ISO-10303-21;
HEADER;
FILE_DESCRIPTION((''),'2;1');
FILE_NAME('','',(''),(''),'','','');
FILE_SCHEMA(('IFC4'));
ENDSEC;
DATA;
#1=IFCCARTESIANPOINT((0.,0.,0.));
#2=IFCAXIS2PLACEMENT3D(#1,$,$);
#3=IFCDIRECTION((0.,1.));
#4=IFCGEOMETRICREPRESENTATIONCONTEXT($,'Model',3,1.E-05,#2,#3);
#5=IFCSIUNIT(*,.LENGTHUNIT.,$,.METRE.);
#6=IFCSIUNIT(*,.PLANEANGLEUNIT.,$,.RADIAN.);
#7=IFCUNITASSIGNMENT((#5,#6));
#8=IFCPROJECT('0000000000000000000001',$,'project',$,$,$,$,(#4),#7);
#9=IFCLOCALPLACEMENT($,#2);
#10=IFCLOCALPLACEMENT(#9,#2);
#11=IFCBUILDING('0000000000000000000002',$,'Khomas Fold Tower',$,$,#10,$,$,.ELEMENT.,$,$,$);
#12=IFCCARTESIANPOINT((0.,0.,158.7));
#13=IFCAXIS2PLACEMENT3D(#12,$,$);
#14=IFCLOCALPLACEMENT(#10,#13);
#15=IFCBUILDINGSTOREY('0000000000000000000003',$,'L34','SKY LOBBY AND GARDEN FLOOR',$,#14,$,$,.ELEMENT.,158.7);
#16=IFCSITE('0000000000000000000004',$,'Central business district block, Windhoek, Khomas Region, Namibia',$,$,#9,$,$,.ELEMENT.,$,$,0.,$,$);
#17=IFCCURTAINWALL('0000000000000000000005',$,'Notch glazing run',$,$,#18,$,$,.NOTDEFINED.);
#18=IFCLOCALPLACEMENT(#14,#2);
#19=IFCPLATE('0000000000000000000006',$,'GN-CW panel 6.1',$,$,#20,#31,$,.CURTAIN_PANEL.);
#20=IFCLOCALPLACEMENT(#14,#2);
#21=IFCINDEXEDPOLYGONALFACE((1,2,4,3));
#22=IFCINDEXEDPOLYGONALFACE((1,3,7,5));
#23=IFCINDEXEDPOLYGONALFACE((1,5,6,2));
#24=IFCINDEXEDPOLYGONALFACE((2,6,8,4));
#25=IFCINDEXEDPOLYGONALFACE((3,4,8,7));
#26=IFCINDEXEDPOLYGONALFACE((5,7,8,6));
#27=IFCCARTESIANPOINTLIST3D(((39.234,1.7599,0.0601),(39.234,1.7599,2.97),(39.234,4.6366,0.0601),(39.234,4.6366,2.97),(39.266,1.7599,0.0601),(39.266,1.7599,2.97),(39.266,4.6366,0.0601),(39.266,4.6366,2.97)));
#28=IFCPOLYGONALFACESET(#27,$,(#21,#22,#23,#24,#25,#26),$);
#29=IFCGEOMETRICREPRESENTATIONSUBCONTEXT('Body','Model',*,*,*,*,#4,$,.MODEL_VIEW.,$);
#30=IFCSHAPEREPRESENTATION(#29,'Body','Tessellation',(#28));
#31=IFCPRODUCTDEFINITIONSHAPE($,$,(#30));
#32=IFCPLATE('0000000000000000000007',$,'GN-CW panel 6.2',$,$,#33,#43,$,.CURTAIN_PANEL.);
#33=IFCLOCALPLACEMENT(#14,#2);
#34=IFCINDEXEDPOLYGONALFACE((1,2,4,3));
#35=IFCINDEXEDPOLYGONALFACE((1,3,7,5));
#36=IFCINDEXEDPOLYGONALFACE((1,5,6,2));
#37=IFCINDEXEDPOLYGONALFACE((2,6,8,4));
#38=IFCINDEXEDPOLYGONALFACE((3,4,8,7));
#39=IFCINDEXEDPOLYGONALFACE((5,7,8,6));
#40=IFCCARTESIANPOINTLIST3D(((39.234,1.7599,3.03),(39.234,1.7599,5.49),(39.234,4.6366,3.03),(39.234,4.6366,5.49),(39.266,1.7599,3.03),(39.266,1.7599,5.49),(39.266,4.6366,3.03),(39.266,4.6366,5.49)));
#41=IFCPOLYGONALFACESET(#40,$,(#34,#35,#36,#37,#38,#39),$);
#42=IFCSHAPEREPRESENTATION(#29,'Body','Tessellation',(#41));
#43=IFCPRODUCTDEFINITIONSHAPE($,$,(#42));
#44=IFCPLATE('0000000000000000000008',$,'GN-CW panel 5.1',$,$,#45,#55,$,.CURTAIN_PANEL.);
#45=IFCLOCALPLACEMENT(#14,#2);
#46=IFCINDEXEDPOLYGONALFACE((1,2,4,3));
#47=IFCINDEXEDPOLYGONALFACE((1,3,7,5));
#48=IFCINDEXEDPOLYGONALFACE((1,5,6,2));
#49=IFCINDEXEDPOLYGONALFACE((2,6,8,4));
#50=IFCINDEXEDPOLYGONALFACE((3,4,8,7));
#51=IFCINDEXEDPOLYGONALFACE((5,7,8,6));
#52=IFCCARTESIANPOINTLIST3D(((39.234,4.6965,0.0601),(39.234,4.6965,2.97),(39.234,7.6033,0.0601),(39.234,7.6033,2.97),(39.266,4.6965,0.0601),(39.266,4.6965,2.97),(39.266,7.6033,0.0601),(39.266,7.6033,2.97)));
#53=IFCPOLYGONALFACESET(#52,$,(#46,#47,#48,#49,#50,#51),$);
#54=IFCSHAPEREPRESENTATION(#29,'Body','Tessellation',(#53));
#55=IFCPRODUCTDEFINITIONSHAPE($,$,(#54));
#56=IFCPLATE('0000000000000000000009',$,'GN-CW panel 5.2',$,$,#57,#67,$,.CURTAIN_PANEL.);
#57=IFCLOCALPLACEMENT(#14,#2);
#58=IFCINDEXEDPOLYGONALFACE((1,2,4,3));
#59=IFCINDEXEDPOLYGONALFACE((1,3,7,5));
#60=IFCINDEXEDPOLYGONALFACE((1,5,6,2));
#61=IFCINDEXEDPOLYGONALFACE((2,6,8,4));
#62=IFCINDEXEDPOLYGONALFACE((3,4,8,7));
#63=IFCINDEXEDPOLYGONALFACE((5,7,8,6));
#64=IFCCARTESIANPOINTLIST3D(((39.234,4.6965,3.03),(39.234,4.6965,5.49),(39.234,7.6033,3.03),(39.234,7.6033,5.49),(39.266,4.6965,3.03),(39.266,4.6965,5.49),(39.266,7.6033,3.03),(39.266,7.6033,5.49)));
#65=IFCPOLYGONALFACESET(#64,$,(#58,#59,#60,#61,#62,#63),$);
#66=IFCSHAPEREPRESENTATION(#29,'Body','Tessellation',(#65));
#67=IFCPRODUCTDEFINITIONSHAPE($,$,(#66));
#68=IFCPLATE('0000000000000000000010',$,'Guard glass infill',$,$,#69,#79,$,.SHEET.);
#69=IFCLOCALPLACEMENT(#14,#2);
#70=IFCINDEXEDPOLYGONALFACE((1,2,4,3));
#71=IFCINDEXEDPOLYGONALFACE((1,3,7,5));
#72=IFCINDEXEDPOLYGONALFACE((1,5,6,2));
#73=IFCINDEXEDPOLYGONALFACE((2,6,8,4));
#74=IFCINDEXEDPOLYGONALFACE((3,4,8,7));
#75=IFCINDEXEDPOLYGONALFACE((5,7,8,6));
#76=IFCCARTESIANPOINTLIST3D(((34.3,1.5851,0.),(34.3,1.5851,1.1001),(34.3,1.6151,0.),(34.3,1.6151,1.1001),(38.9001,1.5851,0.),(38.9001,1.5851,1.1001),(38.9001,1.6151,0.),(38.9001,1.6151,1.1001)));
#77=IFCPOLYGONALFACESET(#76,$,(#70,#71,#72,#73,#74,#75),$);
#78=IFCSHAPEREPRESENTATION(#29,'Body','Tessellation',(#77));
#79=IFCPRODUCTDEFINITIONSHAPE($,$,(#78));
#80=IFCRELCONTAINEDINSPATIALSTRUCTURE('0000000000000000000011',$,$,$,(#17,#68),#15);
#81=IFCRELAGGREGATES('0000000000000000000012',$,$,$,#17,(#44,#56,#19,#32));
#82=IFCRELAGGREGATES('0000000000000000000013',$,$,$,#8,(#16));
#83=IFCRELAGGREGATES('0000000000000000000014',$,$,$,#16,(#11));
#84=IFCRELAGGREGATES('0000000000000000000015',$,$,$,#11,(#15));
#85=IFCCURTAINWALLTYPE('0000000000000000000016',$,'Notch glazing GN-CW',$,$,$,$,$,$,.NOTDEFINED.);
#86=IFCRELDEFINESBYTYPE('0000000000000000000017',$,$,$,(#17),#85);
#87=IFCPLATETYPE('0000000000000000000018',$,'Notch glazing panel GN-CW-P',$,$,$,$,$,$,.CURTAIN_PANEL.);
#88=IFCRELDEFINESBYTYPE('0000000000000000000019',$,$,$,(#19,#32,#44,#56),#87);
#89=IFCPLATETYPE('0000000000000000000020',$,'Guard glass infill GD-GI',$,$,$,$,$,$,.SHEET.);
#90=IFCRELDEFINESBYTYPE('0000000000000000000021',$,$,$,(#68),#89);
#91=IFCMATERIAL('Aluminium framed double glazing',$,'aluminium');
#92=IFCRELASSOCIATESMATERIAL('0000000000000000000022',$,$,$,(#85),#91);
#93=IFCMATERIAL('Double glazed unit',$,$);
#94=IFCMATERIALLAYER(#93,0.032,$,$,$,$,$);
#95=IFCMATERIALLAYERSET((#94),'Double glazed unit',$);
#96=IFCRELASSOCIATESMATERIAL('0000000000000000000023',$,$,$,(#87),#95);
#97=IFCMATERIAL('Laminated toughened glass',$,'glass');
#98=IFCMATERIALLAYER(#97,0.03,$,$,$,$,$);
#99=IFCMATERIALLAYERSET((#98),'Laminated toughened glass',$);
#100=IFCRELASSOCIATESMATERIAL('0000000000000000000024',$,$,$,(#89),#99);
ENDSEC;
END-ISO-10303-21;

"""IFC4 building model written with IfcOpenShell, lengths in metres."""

from ifc_helpers import new_model, si_unit, direction, frame, origin, origin_2d, place, context, subcontext, project, spatial, rectangle, extrude, source, transform, mapped, material, layer, layer_set, type_object, element, aggregate, save


model = new_model("IFC4")

# Units and contexts
model_context = context("Model", 3, precision=1e-05, world=origin(), true_north=direction((0.0, 1.0)))
body_context = subcontext(model_context, "Body", "Model", "MODEL_VIEW")
ifc_project = project(units=[si_unit("LENGTHUNIT", "METRE"), si_unit("PLANEANGLEUNIT", "RADIAN")], contexts=[model_context])

# Site, building, storey
site_placement = place(None, origin())
site = spatial("IfcSite", under=ifc_project, at=site_placement, Name="Central business district block, Windhoek, Khomas Region, Namibia", CompositionType="ELEMENT", RefElevation=0.0)
building_placement = place(site_placement, origin())
building = spatial("IfcBuilding", under=site, at=building_placement, Name="Khomas Fold Tower", CompositionType="ELEMENT")
storey_placement = place(building_placement, frame((0.0, 0.0, 158.7)))
storey = spatial("IfcBuildingStorey", under=building, at=storey_placement, Name="L34", Description="SKY LOBBY AND GARDEN FLOOR", CompositionType="ELEMENT", Elevation=158.7)

# Curtain wall, plates
ifc_material_1 = material(Name="Aluminium framed double glazing", Category="aluminium")
curtain_wall_type = type_object("IfcCurtainWallType", Name="Notch glazing GN-CW", PredefinedType="NOTDEFINED", material=ifc_material_1)
curtain_wall_placement = place(storey_placement, origin())
curtain_wall = element("IfcCurtainWall", 1, at=curtain_wall_placement, inside=storey, type_object=curtain_wall_type, Name="Notch glazing run", PredefinedType="NOTDEFINED")
ifc_material_2 = material(Name="Double glazed unit")
ifc_layer_1 = layer(ifc_material_2, 0.032)
ifc_layer_set_1 = layer_set([ifc_layer_1], Name="Double glazed unit")
plate_type_1 = type_object("IfcPlateType", Name="Notch glazing panel GN-CW-P", PredefinedType="CURTAIN_PANEL", material=ifc_layer_set_1)
shared_shape_1 = source(origin(), body_context, "Body", "SweptSolid", [
    extrude(rectangle(XDim=2.8767, YDim=0.032, at=origin_2d()), origin(), (0.0, 0.0, 1.0), 2.9099),
])
plate_1_placement = place(storey_placement, frame((39.25, 3.1982, 0.0601), z_axis=(0.0, 0.0, 1.0), x_axis=(0.0, -1.0, 0.0)))
plate_1 = element("IfcPlate", 2, at=plate_1_placement, type_object=plate_type_1, Name="GN-CW panel 6.1", PredefinedType="CURTAIN_PANEL", context=body_context, shape_type="MappedRepresentation", body=[
    mapped(shared_shape_1, transform((0.0, 0.0, 0.0))),
])
shared_shape_2 = source(origin(), body_context, "Body", "SweptSolid", [
    extrude(rectangle(XDim=2.8767, YDim=0.032, at=origin_2d()), origin(), (0.0, 0.0, 1.0), 2.46),
])
plate_2_placement = place(storey_placement, frame((39.25, 3.1982, 3.03), z_axis=(0.0, 0.0, 1.0), x_axis=(0.0, -1.0, 0.0)))
plate_2 = element("IfcPlate", 3, at=plate_2_placement, type_object=plate_type_1, Name="GN-CW panel 6.2", PredefinedType="CURTAIN_PANEL", context=body_context, shape_type="MappedRepresentation", body=[
    mapped(shared_shape_2, transform((0.0, 0.0, 0.0))),
])
shared_shape_3 = source(origin(), body_context, "Body", "SweptSolid", [
    extrude(rectangle(XDim=2.9067, YDim=0.032, at=origin_2d()), origin(), (0.0, 0.0, 1.0), 2.9099),
])
plate_3_placement = place(storey_placement, frame((39.25, 6.1499, 0.0601), z_axis=(0.0, 0.0, 1.0), x_axis=(0.0, -1.0, 0.0)))
plate_3 = element("IfcPlate", 4, at=plate_3_placement, type_object=plate_type_1, Name="GN-CW panel 5.1", PredefinedType="CURTAIN_PANEL", context=body_context, shape_type="MappedRepresentation", body=[
    mapped(shared_shape_3, transform((0.0, 0.0, 0.0))),
])
shared_shape_4 = source(origin(), body_context, "Body", "SweptSolid", [
    extrude(rectangle(XDim=2.9067, YDim=0.032, at=origin_2d()), origin(), (0.0, 0.0, 1.0), 2.46),
])
plate_4_placement = place(storey_placement, frame((39.25, 6.1499, 3.03), z_axis=(0.0, 0.0, 1.0), x_axis=(0.0, -1.0, 0.0)))
plate_4 = element("IfcPlate", 5, at=plate_4_placement, type_object=plate_type_1, Name="GN-CW panel 5.2", PredefinedType="CURTAIN_PANEL", context=body_context, shape_type="MappedRepresentation", body=[
    mapped(shared_shape_4, transform((0.0, 0.0, 0.0))),
])
aggregate(curtain_wall, [plate_3, plate_4, plate_1, plate_2])

# Plate
ifc_material_3 = material(Name="Laminated toughened glass", Category="glass")
ifc_layer_2 = layer(ifc_material_3, 0.03)
ifc_layer_set_2 = layer_set([ifc_layer_2], Name="Laminated toughened glass")
plate_type_2 = type_object("IfcPlateType", Name="Guard glass infill GD-GI", PredefinedType="SHEET", material=ifc_layer_set_2)
shared_shape_5 = source(origin(), body_context, "Body", "SweptSolid", [
    extrude(rectangle(XDim=4.6001, YDim=0.03, at=origin_2d()), origin(), (0.0, 0.0, 1.0), 1.1001),
])
plate_5_placement = place(storey_placement, frame((36.6001, 1.6001, 0.0), z_axis=(0.0, 0.0, 1.0), x_axis=(-1.0, 0.0, 0.0)))
element("IfcPlate", 6, at=plate_5_placement, inside=storey, type_object=plate_type_2, Name="Guard glass infill", PredefinedType="SHEET", context=body_context, shape_type="MappedRepresentation", body=[
    mapped(shared_shape_5, transform((0.0, 0.0, 0.0))),
])

save(model, "model.ifc")
